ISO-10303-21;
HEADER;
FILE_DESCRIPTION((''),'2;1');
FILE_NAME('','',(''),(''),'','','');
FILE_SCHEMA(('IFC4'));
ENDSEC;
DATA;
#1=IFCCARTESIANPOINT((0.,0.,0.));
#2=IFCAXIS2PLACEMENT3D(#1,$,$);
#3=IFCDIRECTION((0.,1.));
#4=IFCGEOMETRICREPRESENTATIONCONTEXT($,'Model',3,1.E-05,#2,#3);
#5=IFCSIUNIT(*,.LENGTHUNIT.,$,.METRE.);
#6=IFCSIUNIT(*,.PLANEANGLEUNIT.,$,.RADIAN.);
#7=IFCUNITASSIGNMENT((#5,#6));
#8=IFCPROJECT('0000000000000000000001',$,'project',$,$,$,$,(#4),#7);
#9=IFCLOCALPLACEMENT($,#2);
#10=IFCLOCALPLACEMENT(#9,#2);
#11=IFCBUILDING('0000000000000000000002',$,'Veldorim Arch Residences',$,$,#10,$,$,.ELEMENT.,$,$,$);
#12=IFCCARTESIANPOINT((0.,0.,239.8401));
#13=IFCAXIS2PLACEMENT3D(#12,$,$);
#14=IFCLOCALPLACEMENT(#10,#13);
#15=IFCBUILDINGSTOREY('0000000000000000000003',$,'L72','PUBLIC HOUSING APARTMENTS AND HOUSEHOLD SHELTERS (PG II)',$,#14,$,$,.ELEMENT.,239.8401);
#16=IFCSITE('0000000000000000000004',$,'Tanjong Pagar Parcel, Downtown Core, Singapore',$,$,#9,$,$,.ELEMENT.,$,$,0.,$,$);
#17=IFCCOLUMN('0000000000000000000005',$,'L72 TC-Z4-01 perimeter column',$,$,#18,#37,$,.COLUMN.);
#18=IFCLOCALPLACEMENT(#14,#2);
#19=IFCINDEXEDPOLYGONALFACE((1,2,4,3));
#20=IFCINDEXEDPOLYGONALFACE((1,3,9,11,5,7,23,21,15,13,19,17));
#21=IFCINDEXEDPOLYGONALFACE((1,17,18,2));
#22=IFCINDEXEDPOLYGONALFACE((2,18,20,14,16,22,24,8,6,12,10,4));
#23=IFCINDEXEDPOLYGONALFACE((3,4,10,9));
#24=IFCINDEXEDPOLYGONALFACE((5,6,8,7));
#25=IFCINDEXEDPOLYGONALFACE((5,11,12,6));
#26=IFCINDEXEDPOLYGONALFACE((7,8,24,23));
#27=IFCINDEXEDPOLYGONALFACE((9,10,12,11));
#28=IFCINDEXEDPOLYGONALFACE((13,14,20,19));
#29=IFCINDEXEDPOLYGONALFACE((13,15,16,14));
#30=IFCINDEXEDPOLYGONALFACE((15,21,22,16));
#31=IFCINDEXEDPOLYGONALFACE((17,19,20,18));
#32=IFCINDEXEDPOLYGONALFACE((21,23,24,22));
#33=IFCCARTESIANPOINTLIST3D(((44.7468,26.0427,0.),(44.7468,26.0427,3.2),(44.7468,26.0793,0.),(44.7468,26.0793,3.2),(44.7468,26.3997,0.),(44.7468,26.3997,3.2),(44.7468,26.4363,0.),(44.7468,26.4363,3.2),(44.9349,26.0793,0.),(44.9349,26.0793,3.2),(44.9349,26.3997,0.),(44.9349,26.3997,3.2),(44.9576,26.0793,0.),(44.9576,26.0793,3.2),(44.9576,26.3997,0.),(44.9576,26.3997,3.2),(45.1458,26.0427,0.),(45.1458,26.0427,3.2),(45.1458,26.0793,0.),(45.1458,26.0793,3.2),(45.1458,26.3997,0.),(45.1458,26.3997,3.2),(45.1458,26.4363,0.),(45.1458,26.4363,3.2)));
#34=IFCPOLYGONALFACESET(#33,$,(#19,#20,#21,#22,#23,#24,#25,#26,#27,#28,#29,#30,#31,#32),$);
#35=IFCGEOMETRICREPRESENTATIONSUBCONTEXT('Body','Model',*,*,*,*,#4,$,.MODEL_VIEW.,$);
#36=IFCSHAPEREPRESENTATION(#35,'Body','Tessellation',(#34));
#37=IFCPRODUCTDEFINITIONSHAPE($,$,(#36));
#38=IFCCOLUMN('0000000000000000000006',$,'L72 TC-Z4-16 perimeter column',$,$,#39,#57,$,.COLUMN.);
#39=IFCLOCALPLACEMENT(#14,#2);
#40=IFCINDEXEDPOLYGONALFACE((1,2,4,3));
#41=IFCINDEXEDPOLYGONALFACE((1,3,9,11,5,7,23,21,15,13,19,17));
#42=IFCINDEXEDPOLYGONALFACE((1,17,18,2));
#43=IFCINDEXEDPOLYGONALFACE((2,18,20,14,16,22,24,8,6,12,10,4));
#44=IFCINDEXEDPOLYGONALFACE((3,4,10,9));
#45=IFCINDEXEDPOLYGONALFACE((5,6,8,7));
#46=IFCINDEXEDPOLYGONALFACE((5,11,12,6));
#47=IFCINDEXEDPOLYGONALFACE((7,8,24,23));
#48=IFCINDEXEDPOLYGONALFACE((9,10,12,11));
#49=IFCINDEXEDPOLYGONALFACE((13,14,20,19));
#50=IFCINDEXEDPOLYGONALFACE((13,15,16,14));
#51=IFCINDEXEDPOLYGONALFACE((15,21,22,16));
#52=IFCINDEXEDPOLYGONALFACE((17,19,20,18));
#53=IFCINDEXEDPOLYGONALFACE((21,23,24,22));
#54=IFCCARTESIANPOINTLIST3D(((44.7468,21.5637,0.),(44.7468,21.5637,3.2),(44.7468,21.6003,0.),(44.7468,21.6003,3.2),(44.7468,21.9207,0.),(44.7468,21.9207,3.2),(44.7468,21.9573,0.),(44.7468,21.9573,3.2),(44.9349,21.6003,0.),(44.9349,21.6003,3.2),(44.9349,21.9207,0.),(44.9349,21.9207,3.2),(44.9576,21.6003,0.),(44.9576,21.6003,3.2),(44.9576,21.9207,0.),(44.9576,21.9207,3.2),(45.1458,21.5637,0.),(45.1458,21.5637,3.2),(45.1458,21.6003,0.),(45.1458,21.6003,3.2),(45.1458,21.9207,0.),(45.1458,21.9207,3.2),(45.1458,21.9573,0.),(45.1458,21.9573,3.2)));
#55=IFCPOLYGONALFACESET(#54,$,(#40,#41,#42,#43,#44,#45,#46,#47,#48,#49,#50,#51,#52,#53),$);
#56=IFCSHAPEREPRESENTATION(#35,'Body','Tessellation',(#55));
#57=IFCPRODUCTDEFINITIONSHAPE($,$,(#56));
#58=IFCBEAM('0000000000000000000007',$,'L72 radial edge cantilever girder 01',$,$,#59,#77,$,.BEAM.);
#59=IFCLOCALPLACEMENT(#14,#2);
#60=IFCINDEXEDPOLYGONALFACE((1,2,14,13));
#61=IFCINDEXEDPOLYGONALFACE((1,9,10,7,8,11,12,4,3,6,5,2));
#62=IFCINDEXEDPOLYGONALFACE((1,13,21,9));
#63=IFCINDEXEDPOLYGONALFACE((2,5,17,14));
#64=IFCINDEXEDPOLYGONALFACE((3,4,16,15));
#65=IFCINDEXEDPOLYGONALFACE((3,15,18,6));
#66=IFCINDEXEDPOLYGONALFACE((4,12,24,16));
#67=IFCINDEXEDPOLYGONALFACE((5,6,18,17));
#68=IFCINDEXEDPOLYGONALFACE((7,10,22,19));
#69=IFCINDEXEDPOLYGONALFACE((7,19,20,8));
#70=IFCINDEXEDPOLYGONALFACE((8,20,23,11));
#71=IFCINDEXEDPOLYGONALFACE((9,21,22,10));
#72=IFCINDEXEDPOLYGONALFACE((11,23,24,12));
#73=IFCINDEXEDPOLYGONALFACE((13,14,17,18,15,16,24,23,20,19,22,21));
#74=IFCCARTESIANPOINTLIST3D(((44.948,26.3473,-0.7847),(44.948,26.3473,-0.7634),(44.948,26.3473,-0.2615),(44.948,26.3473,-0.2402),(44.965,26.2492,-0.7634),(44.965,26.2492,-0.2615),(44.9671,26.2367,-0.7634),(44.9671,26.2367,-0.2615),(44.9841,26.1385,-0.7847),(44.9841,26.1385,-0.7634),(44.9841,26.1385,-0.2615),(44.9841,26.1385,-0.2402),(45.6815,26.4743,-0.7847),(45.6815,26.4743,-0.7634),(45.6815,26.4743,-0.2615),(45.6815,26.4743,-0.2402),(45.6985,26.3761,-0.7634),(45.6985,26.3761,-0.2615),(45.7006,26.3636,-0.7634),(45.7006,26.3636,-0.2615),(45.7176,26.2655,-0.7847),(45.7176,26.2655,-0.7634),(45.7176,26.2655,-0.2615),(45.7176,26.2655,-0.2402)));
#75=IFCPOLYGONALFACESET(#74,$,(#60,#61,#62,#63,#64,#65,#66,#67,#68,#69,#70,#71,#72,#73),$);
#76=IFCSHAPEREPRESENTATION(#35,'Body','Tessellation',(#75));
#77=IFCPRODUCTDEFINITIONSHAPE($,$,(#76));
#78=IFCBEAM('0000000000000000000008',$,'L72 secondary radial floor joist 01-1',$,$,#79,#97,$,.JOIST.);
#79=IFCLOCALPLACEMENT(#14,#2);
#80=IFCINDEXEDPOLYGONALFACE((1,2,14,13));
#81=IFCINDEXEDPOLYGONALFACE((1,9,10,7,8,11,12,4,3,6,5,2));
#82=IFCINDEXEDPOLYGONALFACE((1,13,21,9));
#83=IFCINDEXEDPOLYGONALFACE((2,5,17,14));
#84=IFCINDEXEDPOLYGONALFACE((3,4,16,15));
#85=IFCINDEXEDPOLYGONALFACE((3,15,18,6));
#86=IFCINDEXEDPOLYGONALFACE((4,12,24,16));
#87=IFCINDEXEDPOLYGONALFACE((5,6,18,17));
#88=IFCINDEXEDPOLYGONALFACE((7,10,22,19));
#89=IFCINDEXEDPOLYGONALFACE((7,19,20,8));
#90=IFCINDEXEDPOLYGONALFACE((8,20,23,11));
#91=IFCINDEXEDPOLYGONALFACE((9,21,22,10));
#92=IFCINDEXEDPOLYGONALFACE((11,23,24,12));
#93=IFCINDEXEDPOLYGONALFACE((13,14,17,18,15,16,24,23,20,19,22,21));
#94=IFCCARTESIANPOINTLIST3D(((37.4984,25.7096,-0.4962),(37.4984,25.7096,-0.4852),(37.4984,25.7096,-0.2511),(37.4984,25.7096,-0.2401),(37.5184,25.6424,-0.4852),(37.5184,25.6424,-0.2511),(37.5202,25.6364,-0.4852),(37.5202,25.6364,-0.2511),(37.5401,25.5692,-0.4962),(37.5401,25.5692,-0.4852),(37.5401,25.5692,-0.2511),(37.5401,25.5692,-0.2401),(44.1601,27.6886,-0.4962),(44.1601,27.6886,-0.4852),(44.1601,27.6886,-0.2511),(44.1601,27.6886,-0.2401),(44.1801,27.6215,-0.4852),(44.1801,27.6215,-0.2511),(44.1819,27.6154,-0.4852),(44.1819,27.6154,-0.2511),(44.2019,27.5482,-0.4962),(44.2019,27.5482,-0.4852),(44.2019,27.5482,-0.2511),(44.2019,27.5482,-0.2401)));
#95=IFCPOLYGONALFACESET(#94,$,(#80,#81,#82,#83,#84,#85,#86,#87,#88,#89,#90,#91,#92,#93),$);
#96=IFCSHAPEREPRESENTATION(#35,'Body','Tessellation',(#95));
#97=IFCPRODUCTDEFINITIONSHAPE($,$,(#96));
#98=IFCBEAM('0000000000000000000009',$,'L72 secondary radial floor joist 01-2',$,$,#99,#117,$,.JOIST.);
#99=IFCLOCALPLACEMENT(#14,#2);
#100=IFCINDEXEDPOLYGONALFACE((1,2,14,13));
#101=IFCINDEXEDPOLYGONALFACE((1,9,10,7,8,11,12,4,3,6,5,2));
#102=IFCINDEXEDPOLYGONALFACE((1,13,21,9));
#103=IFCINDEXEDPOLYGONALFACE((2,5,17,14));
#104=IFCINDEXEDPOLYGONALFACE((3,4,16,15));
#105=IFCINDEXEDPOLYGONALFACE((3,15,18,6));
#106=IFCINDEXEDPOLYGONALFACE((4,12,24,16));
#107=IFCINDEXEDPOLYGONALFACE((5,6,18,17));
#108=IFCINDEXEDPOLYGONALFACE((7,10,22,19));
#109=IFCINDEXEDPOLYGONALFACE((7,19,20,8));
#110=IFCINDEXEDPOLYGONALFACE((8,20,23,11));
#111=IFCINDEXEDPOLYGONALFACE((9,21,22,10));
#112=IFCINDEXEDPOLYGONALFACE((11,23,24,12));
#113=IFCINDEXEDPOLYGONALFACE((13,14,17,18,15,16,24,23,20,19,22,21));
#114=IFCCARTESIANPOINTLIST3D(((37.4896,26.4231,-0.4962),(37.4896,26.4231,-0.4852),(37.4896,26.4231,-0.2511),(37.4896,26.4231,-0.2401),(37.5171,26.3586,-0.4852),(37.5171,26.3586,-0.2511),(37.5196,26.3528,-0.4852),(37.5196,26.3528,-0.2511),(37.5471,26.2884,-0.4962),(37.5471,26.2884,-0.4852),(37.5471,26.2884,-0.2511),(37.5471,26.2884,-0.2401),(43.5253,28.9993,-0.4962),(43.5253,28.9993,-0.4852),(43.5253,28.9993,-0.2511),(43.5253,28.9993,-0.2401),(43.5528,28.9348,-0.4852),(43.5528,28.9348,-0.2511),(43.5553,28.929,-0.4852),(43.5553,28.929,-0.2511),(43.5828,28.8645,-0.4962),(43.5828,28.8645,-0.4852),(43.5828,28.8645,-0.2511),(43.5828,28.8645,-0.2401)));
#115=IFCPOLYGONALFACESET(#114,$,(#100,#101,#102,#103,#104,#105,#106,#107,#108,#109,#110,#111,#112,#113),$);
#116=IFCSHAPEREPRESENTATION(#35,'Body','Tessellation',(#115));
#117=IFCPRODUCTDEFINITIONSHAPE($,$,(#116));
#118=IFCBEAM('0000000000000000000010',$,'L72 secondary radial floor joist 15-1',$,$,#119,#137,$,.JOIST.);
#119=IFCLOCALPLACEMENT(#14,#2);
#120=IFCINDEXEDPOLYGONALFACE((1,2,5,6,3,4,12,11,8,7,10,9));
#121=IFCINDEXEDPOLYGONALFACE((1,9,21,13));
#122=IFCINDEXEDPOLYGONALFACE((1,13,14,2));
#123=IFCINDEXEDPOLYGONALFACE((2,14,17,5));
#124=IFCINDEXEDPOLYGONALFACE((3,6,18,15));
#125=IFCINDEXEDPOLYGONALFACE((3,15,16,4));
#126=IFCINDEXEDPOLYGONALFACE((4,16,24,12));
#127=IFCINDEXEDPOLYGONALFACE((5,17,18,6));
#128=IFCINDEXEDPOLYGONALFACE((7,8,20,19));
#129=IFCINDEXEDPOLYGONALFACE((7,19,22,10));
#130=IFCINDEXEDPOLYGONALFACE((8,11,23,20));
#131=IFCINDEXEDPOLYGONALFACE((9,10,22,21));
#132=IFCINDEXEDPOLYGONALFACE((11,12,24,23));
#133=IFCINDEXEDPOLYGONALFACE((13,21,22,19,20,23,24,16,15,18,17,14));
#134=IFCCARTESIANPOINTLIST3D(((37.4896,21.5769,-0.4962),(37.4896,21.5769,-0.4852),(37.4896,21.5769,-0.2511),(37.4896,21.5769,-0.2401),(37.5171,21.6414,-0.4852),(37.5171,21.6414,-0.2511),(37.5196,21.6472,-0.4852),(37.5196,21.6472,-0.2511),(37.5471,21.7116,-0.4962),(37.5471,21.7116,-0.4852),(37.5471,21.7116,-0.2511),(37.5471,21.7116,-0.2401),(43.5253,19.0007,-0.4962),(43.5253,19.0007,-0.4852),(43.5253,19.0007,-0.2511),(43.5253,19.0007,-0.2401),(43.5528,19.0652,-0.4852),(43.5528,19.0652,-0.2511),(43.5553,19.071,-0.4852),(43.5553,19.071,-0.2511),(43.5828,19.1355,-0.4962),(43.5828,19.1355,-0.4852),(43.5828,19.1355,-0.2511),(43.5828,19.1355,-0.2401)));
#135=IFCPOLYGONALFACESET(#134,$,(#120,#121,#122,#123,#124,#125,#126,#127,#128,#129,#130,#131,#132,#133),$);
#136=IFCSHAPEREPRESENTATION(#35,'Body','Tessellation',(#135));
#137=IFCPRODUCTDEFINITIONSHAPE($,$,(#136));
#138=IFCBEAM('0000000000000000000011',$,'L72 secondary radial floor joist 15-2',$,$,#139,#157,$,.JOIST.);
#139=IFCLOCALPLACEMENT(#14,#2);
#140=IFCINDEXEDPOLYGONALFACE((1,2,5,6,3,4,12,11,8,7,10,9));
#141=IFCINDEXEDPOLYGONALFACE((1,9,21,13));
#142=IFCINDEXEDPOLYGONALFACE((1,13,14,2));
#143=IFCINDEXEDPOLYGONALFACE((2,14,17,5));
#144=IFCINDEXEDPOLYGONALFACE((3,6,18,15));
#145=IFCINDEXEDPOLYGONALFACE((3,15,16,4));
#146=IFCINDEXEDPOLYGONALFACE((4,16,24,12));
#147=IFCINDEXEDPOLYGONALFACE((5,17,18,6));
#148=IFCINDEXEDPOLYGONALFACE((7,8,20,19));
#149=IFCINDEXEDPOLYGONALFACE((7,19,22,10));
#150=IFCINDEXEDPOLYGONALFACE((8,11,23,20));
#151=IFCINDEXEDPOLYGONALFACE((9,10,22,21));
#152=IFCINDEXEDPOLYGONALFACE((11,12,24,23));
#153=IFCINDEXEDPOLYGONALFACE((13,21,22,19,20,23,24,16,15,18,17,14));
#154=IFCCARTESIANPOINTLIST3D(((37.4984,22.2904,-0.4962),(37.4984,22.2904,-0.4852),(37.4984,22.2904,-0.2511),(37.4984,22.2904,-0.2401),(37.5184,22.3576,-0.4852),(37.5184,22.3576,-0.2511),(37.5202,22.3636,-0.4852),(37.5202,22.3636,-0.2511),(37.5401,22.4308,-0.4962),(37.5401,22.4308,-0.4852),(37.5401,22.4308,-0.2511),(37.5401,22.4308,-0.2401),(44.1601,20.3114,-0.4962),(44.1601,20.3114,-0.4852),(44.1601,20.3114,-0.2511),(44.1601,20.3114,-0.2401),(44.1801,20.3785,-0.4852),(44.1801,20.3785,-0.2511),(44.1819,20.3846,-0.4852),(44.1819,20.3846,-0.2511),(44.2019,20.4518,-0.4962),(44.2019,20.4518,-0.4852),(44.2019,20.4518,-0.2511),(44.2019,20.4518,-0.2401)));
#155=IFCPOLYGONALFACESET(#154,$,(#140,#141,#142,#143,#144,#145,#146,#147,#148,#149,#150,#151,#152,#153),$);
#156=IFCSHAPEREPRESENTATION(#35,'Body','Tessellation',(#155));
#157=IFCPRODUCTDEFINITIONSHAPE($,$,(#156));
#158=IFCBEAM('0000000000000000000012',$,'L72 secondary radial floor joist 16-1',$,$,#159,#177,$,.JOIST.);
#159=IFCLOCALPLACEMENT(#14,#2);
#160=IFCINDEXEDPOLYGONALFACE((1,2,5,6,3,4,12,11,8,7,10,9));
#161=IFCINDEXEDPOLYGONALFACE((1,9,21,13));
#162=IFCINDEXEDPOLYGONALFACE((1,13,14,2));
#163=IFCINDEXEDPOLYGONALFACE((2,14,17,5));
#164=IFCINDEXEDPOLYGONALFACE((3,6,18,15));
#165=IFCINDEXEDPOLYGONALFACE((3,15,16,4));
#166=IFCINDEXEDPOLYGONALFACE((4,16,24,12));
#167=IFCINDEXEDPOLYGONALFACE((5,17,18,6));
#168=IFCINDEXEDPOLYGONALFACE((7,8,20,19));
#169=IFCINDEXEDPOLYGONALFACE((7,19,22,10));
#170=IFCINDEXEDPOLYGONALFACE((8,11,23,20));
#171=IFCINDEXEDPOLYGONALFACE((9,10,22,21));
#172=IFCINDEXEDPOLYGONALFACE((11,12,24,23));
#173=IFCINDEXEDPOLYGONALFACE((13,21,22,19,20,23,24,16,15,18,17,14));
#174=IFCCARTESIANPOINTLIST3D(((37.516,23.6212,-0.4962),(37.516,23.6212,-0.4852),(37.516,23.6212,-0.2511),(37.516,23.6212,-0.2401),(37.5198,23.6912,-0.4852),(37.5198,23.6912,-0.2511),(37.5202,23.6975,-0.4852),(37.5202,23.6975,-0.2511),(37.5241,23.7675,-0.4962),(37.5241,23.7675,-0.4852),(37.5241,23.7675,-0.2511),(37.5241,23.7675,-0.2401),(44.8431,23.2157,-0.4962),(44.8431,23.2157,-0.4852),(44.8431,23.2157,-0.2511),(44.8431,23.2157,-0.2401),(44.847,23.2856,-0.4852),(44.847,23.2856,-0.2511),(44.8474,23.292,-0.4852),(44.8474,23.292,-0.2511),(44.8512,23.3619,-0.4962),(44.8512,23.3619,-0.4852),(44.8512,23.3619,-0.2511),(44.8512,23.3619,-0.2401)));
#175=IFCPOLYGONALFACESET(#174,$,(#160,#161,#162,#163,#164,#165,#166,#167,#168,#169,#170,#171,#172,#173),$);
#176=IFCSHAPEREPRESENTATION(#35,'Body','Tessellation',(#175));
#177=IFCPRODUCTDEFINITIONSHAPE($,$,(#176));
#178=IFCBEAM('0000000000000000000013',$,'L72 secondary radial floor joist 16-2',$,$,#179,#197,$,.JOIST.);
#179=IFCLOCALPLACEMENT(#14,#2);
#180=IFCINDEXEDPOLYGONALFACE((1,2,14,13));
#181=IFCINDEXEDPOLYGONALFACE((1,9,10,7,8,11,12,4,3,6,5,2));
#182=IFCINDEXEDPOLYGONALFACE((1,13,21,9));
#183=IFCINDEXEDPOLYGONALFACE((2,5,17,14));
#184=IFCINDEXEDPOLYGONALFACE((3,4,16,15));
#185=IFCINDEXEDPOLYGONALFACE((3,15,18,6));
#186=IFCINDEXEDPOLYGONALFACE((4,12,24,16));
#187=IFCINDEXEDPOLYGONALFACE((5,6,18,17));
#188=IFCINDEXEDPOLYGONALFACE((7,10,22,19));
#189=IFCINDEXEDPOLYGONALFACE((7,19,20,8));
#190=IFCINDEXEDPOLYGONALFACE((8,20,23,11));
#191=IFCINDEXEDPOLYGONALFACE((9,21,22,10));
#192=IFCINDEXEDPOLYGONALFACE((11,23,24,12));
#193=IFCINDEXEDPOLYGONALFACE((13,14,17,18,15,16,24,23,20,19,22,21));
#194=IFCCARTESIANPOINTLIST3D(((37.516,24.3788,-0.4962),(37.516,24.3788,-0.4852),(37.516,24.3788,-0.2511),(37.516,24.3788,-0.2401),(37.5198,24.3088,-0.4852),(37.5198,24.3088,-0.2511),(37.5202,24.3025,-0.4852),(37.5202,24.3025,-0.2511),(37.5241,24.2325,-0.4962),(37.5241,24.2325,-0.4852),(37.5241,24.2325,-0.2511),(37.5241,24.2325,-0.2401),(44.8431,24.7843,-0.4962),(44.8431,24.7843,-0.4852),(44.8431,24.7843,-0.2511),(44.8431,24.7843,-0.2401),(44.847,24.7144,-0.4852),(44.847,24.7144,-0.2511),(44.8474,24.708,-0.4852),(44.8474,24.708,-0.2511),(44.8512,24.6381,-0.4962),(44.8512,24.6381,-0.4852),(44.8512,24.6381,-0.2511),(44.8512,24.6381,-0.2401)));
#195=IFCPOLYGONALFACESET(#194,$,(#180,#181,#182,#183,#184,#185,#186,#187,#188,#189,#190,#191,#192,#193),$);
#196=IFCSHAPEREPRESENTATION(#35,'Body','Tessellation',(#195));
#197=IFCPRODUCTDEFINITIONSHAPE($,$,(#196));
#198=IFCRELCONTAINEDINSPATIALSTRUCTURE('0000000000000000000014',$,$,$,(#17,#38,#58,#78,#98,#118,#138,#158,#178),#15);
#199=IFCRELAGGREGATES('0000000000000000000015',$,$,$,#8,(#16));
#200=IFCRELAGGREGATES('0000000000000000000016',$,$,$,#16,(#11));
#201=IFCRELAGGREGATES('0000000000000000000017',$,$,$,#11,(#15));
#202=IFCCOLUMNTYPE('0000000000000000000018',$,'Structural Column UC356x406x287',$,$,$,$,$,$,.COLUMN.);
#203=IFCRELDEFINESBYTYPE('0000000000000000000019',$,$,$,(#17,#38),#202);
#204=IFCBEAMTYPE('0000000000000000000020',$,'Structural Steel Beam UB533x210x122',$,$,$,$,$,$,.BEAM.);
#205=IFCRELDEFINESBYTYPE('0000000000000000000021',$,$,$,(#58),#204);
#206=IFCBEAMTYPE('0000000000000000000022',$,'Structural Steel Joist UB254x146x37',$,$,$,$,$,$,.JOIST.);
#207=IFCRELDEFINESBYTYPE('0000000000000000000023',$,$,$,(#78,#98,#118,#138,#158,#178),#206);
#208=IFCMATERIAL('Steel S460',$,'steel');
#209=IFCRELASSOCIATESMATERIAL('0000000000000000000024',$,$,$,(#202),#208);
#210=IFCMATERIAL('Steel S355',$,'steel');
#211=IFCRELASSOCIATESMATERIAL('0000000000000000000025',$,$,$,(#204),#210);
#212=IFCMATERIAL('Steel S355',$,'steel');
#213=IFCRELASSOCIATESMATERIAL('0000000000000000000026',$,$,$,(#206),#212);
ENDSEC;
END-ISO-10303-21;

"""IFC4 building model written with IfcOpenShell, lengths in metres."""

from ifc_helpers import new_model, si_unit, direction, frame, origin, origin_2d, place, context, subcontext, project, spatial, i_section, extrude, material, material_profile, profile_set, type_object, element, save


model = new_model("IFC4")

# Units and contexts
model_context = context("Model", 3, precision=1e-05, world=origin(), true_north=direction((0.0, 1.0)))
body_context = subcontext(model_context, "Body", "Model", "MODEL_VIEW")
ifc_project = project(units=[si_unit("LENGTHUNIT", "METRE"), si_unit("PLANEANGLEUNIT", "RADIAN")], contexts=[model_context])

# Site, building, storey
site_placement = place(None, origin())
site = spatial("IfcSite", under=ifc_project, at=site_placement, Name="Tanjong Pagar Parcel, Downtown Core, Singapore", CompositionType="ELEMENT", RefElevation=0.0)
building_placement = place(site_placement, origin())
building = spatial("IfcBuilding", under=site, at=building_placement, Name="Veldorim Arch Residences", CompositionType="ELEMENT")
storey_placement = place(building_placement, frame((0.0, 0.0, 239.8401)))
storey = spatial("IfcBuildingStorey", under=building, at=storey_placement, Name="L72", Description="PUBLIC HOUSING APARTMENTS AND HOUSEHOLD SHELTERS (PG II)", CompositionType="ELEMENT", Elevation=239.8401)

# Columns
ifc_material_1 = material(Name="Steel S460", Category="steel")
ifc_material_profile_1 = material_profile(ifc_material_1, i_section(OverallWidth=0.3989, OverallDepth=0.3936, WebThickness=0.0227, FlangeThickness=0.0366, at=origin_2d()), Name="UC356x406x287")
ifc_profile_set_1 = profile_set([ifc_material_profile_1], Name="Steel S460")
column_type = type_object("IfcColumnType", Name="Structural Column UC356x406x287", PredefinedType="COLUMN", material=ifc_profile_set_1)
for number, where, z_axis, x_axis, name in (
    (1, (44.9463, 26.2395, 0.0), (0.0, 0.0, 1.0), (1.0, 0.0, 0.0), "L72 TC-Z4-01 perimeter column"),
    (2, (44.9463, 21.7605, 0.0), (0.0, 0.0, 1.0), (1.0, 0.0, 0.0), "L72 TC-Z4-16 perimeter column"),
):
    element("IfcColumn", number, at=place(storey_placement, frame(where, z_axis=z_axis, x_axis=x_axis)), inside=storey, type_object=column_type, Name=name, PredefinedType="COLUMN", context=body_context, shape_type="SweptSolid", body=[
        extrude(i_section(OverallWidth=0.3989, OverallDepth=0.3936, WebThickness=0.0227, FlangeThickness=0.0366, at=origin_2d()), origin(), (0.0, 0.0, 1.0), 3.2),
    ])

# Beams
ifc_material_2 = material(Name="Steel S355", Category="steel")
ifc_material_profile_2 = material_profile(ifc_material_2, i_section(OverallWidth=0.2119, OverallDepth=0.5444, WebThickness=0.0127, FlangeThickness=0.0212, at=origin_2d()), Name="UB533x210x122")
ifc_profile_set_2 = profile_set([ifc_material_profile_2], Name="Steel S355")
beam_type_1 = type_object("IfcBeamType", Name="Structural Steel Beam UB533x210x122", PredefinedType="BEAM", material=ifc_profile_set_2)
beam_1_placement = place(storey_placement, frame((44.9661, 26.2429, -0.5125), z_axis=(0.985346, 0.170566, 0.0), x_axis=(-0.170566, 0.985346, 0.0)))
element("IfcBeam", 3, at=beam_1_placement, inside=storey, type_object=beam_type_1, Name="L72 radial edge cantilever girder 01", PredefinedType="BEAM", context=body_context, shape_type="SweptSolid", body=[
    extrude(i_section(OverallWidth=0.2119, OverallDepth=0.5444, WebThickness=0.0127, FlangeThickness=0.0212, at=origin_2d()), origin(), (0.0, 0.0, 1.0), 0.7444),
])
ifc_material_3 = material(Name="Steel S355", Category="steel")
ifc_material_profile_3 = material_profile(ifc_material_3, i_section(OverallWidth=0.1465, OverallDepth=0.2561, WebThickness=0.0063, FlangeThickness=0.011, at=origin_2d()), Name="UB254x146x37")
ifc_profile_set_3 = profile_set([ifc_material_profile_3], Name="Steel S355")
beam_type_2 = type_object("IfcBeamType", Name="Structural Steel Joist UB254x146x37", PredefinedType="JOIST", material=ifc_profile_set_3)
beam_2_placement = place(storey_placement, frame((37.5193, 25.6394, -0.3682), z_axis=(0.958594, 0.284775, 0.0), x_axis=(-0.284775, 0.958594, 0.0)))
element("IfcBeam", 4, at=beam_2_placement, inside=storey, type_object=beam_type_2, Name="L72 secondary radial floor joist 01-1", PredefinedType="JOIST", context=body_context, shape_type="SweptSolid", body=[
    extrude(i_section(OverallWidth=0.1465, OverallDepth=0.2561, WebThickness=0.0063, FlangeThickness=0.011, at=origin_2d()), origin(), (0.0, 0.0, 1.0), 6.9495),
])
for number, where, z_axis, x_axis, name in (
    (5, (37.5183, 26.3557, -0.3682), (0.919725, 0.392563, 0.0), (-0.392563, 0.919725, 0.0), "L72 secondary radial floor joist 01-2"),
    (6, (37.5183, 21.6443, -0.3682), (0.919725, -0.392563, 0.0), (0.392563, 0.919725, 0.0), "L72 secondary radial floor joist 15-1"),
):
    element("IfcBeam", number, at=place(storey_placement, frame(where, z_axis=z_axis, x_axis=x_axis)), inside=storey, type_object=beam_type_2, Name=name, PredefinedType="JOIST", context=body_context, shape_type="SweptSolid", body=[
        extrude(i_section(OverallWidth=0.1465, OverallDepth=0.2561, WebThickness=0.0063, FlangeThickness=0.011, at=origin_2d()), origin(), (0.0, 0.0, 1.0), 6.5625),
    ])
beam_3_placement = place(storey_placement, frame((37.5193, 22.3606, -0.3682), z_axis=(0.958594, -0.284775, 0.0), x_axis=(0.284775, 0.958594, 0.0)))
element("IfcBeam", 7, at=beam_3_placement, inside=storey, type_object=beam_type_2, Name="L72 secondary radial floor joist 15-2", PredefinedType="JOIST", context=body_context, shape_type="SweptSolid", body=[
    extrude(i_section(OverallWidth=0.1465, OverallDepth=0.2561, WebThickness=0.0063, FlangeThickness=0.011, at=origin_2d()), origin(), (0.0, 0.0, 1.0), 6.9495),
])
for number, where, z_axis, x_axis, name in (
    (8, (37.52, 23.6943, -0.3682), (0.998472, -0.05526, 0.0), (0.05526, 0.998472, 0.0), "L72 secondary radial floor joist 16-1"),
    (9, (37.52, 24.3057, -0.3682), (0.998472, 0.05526, 0.0), (-0.05526, 0.998472, 0.0), "L72 secondary radial floor joist 16-2"),
):
    element("IfcBeam", number, at=place(storey_placement, frame(where, z_axis=z_axis, x_axis=x_axis)), inside=storey, type_object=beam_type_2, Name=name, PredefinedType="JOIST", context=body_context, shape_type="SweptSolid", body=[
        extrude(i_section(OverallWidth=0.1465, OverallDepth=0.2561, WebThickness=0.0063, FlangeThickness=0.011, at=origin_2d()), origin(), (0.0, 0.0, 1.0), 7.3384),
    ])

save(model, "model.ifc")
